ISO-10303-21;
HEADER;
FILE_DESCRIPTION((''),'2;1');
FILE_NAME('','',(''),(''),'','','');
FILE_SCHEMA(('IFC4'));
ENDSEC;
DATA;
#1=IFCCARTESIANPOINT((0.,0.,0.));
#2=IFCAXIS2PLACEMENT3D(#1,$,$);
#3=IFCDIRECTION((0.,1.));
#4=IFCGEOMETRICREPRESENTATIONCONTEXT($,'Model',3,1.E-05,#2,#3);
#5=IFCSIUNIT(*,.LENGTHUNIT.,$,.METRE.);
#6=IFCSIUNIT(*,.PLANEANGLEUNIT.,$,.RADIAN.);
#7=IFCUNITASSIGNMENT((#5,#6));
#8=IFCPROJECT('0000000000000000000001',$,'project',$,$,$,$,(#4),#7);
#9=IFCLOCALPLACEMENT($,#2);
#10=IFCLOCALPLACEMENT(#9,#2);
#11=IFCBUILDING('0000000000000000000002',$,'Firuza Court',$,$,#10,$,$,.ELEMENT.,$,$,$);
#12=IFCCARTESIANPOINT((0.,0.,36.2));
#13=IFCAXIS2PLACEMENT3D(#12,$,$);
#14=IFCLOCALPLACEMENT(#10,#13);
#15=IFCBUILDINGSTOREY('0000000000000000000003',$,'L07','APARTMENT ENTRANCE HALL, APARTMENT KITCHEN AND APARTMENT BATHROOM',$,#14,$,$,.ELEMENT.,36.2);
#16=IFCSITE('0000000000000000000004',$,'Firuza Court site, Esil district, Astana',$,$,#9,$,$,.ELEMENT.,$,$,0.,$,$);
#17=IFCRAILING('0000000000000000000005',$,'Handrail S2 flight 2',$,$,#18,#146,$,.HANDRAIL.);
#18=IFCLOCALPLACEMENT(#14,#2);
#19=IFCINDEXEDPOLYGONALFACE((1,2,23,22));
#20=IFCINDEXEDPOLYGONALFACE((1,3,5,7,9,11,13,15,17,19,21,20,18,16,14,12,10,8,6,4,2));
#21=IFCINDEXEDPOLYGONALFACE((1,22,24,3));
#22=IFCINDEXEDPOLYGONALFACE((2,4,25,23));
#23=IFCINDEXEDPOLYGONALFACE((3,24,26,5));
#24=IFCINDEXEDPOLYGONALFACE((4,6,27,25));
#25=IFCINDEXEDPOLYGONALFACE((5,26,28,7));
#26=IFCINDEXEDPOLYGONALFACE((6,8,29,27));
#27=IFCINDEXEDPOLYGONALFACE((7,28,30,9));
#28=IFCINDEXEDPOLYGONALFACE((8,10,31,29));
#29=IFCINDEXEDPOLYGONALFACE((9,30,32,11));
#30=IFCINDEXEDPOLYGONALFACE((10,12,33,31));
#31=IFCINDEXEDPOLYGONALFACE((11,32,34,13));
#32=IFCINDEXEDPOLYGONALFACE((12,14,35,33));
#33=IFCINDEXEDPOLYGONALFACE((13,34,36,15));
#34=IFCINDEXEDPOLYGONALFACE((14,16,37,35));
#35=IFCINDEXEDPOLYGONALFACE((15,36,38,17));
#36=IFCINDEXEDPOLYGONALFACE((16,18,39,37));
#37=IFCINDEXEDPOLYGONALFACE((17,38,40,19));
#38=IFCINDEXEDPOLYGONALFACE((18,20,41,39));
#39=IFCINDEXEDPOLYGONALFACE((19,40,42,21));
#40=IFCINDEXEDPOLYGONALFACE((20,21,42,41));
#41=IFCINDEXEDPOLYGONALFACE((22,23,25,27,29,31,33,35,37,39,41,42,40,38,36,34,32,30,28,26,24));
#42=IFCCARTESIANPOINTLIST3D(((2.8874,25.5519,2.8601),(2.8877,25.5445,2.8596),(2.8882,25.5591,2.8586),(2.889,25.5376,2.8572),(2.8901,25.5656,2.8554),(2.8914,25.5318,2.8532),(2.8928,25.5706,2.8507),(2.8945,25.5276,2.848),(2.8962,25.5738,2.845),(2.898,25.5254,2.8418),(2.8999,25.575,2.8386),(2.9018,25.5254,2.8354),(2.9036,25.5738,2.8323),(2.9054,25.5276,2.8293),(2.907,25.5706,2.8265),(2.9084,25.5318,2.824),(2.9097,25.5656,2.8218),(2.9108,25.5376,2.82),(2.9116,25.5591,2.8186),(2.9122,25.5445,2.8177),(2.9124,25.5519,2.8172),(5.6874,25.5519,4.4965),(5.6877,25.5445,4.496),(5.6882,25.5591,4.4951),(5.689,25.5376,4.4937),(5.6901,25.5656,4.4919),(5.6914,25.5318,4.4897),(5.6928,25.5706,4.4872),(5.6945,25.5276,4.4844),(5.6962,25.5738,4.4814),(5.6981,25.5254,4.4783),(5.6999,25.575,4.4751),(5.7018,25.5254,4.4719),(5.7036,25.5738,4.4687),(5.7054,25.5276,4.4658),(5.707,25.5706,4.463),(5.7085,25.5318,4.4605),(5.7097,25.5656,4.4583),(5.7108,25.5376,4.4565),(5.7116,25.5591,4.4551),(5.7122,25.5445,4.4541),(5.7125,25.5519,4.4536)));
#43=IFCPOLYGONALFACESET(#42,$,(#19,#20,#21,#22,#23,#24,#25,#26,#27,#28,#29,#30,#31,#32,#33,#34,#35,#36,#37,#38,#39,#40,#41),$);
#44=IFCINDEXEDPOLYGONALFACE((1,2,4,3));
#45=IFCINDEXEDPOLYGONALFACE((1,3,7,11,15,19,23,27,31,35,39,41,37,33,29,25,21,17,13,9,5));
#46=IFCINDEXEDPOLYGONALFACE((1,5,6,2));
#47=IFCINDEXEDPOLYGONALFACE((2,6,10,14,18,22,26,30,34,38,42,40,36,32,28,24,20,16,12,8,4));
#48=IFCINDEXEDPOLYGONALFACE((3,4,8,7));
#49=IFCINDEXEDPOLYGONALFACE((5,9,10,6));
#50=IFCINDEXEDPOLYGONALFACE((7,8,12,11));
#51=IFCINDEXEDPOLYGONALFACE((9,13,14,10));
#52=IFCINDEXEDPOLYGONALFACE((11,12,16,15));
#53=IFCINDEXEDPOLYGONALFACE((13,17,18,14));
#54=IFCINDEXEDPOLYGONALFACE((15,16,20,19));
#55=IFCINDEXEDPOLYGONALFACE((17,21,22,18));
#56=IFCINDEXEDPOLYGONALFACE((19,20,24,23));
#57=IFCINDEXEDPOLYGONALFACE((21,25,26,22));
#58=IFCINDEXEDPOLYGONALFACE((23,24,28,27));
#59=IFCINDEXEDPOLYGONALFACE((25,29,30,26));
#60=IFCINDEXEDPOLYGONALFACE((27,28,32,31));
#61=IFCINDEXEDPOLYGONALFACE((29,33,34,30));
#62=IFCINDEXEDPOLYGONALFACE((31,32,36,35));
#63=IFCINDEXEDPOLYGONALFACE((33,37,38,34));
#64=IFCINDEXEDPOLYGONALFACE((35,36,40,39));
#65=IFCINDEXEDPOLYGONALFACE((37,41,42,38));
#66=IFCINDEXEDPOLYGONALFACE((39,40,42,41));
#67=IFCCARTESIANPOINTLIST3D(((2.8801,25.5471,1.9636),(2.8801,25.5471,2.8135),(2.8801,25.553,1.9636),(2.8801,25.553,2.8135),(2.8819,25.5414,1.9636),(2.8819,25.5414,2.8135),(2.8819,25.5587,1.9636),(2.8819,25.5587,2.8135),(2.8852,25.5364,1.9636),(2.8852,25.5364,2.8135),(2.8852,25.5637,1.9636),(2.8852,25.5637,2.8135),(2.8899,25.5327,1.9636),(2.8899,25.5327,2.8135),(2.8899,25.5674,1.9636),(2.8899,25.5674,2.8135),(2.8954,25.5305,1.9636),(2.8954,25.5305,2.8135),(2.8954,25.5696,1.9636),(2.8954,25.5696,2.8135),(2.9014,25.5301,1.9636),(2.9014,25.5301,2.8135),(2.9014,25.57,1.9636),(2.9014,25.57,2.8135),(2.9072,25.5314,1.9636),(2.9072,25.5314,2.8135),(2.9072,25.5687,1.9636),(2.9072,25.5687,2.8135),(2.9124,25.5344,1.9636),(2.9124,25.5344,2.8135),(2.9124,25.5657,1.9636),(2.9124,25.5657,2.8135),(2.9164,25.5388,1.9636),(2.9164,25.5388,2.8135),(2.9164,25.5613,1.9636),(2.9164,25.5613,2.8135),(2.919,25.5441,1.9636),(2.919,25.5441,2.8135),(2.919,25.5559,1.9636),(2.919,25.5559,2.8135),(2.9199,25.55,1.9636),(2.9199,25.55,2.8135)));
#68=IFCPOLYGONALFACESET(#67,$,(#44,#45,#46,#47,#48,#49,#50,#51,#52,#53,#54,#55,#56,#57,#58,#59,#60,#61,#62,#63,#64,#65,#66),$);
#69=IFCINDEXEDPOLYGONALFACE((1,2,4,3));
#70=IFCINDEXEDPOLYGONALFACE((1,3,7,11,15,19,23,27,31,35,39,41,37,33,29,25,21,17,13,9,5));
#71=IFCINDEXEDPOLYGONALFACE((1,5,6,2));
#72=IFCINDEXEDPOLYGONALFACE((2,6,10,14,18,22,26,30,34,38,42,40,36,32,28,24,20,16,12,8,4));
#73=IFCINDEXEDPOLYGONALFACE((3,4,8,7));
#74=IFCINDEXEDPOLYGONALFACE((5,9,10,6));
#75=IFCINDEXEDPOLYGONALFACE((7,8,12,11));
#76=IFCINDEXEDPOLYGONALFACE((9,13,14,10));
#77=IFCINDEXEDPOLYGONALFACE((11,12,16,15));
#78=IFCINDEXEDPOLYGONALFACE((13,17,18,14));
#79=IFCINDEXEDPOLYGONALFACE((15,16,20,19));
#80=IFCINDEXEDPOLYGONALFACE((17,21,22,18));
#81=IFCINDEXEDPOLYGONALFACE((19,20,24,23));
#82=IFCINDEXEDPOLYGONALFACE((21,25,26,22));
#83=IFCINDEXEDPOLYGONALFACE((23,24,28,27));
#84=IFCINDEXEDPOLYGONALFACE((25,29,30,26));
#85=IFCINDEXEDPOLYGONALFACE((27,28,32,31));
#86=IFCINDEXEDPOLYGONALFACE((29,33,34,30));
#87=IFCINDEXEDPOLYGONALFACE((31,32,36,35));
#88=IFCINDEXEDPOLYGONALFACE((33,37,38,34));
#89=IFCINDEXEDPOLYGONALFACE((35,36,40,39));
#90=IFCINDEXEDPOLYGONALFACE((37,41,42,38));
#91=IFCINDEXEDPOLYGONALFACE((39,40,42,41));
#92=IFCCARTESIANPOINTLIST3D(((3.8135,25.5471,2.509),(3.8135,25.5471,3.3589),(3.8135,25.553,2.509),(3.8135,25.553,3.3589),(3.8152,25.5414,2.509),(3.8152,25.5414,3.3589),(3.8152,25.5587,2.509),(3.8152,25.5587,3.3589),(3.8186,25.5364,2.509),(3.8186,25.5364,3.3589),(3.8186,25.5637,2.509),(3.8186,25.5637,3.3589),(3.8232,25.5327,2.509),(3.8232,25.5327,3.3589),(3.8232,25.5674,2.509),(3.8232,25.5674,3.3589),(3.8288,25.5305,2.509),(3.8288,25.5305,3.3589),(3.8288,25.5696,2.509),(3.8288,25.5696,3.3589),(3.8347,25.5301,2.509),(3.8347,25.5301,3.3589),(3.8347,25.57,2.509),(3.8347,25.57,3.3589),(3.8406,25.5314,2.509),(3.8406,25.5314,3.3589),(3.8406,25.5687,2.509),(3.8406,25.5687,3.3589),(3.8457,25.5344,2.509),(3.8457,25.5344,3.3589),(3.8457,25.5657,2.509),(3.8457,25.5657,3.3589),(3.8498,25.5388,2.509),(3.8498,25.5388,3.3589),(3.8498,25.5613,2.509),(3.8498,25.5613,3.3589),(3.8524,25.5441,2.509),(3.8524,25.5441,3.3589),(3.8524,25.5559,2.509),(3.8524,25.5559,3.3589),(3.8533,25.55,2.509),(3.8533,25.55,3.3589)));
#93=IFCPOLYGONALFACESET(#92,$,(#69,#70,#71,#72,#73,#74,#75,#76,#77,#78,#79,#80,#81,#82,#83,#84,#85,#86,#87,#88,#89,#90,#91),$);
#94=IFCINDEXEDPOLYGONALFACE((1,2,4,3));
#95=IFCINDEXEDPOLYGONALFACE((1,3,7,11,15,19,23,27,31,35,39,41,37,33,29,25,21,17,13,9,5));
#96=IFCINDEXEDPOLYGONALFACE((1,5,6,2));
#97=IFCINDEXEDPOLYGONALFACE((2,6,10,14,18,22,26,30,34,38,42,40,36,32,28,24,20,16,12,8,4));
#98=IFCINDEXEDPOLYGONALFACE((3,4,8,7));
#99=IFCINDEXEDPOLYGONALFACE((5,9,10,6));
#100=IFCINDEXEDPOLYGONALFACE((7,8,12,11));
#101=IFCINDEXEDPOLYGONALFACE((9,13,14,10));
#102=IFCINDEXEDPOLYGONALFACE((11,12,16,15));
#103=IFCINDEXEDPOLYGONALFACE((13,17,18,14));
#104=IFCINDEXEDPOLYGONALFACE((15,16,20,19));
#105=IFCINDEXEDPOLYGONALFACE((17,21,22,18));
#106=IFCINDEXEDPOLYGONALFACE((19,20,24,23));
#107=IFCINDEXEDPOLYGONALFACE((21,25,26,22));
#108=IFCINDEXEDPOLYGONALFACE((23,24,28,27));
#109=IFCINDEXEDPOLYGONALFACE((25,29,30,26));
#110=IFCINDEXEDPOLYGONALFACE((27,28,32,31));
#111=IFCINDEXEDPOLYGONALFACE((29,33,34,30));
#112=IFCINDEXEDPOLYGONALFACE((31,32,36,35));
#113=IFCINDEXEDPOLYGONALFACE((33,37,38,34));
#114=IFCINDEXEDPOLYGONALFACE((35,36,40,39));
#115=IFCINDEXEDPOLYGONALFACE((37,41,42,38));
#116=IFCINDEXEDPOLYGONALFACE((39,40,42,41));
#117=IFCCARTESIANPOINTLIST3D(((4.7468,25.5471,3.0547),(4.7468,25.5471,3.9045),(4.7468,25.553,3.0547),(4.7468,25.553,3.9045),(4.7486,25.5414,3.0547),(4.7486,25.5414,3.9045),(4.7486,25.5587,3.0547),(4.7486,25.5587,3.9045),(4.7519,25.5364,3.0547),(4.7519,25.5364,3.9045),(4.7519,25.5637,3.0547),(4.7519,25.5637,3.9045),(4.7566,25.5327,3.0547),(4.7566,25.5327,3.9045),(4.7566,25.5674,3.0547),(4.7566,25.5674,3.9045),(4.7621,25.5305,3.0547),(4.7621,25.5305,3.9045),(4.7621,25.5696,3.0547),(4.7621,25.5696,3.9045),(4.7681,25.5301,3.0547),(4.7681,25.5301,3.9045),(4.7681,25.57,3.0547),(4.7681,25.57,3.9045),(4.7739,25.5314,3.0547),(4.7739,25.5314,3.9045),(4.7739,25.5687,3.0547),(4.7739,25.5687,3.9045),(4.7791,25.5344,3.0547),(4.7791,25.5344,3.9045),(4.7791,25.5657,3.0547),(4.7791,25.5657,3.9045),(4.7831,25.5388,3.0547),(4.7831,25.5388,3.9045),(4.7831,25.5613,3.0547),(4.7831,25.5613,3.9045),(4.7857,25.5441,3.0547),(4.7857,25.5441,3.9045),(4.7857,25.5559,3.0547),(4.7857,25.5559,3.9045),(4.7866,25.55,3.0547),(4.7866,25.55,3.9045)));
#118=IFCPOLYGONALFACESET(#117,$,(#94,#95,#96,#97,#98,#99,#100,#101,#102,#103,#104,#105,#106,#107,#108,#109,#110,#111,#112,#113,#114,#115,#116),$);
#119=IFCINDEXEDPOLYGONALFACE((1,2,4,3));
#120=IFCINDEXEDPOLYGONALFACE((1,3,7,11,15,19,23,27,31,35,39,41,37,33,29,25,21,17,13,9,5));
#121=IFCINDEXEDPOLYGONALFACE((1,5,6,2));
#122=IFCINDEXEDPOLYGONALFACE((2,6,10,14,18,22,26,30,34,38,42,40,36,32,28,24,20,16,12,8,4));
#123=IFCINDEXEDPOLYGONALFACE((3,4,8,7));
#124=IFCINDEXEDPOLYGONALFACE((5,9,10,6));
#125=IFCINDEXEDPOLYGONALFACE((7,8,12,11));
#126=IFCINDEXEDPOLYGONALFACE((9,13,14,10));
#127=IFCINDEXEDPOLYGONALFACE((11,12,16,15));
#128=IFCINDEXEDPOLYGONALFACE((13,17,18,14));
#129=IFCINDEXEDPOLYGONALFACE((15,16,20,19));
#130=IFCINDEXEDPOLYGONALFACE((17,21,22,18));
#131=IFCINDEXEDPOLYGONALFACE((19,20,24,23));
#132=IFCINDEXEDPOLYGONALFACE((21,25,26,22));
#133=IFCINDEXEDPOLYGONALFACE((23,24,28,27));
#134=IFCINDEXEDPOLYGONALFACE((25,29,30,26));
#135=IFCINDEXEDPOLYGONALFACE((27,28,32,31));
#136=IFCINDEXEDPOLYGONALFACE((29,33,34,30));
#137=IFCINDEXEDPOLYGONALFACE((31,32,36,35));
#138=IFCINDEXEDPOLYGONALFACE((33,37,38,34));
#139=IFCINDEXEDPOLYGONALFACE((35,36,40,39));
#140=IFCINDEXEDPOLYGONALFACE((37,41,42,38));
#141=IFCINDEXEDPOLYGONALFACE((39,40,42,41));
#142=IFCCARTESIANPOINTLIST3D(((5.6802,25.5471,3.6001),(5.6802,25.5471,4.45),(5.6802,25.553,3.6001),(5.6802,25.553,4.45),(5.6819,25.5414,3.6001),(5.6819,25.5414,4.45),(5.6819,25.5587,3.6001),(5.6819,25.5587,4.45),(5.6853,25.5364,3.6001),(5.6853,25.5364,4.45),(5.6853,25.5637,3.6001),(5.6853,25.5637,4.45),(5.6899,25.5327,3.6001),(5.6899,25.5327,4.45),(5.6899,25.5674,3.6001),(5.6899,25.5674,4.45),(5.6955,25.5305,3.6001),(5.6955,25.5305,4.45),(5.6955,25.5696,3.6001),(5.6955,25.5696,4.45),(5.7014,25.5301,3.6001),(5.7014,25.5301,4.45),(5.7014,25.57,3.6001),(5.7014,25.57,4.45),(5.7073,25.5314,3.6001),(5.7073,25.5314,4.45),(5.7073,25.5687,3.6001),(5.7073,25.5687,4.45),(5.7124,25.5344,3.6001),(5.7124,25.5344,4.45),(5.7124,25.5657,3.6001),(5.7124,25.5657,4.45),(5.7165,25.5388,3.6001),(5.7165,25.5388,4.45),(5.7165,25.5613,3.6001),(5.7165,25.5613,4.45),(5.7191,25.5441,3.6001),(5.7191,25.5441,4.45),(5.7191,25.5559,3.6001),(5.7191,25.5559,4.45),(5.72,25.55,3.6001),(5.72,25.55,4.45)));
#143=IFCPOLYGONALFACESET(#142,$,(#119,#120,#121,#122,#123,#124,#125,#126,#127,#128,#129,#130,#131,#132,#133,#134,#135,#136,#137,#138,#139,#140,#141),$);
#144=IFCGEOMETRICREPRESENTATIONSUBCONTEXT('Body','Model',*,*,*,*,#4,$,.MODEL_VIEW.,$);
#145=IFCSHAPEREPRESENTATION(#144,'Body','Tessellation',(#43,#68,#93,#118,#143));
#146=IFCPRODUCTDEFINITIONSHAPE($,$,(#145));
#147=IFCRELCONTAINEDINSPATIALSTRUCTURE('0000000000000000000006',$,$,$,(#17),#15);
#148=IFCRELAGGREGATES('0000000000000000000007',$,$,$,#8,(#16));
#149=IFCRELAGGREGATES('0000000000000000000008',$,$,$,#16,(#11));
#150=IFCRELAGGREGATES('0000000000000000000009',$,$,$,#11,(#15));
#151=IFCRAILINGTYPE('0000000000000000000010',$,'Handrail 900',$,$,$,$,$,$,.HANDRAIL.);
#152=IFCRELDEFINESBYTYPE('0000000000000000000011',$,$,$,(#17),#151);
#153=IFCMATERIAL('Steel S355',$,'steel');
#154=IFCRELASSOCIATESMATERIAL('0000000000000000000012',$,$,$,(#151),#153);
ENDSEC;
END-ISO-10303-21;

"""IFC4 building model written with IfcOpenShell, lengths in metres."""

from ifc_helpers import new_model, si_unit, direction, frame, origin, origin_2d, place, context, subcontext, project, spatial, circle, extrude, material, type_object, element, save


model = new_model("IFC4")

# Units and contexts
model_context = context("Model", 3, precision=1e-05, world=origin(), true_north=direction((0.0, 1.0)))
body_context = subcontext(model_context, "Body", "Model", "MODEL_VIEW")
ifc_project = project(units=[si_unit("LENGTHUNIT", "METRE"), si_unit("PLANEANGLEUNIT", "RADIAN")], contexts=[model_context])

# Site, building, storey
site_placement = place(None, origin())
site = spatial("IfcSite", under=ifc_project, at=site_placement, Name="Firuza Court site, Esil district, Astana", CompositionType="ELEMENT", RefElevation=0.0)
building_placement = place(site_placement, origin())
building = spatial("IfcBuilding", under=site, at=building_placement, Name="Firuza Court", CompositionType="ELEMENT")
storey_placement = place(building_placement, frame((0.0, 0.0, 36.2)))
storey = spatial("IfcBuildingStorey", under=building, at=storey_placement, Name="L07", Description="APARTMENT ENTRANCE HALL, APARTMENT KITCHEN AND APARTMENT BATHROOM", CompositionType="ELEMENT", Elevation=36.2)

# Railing
ifc_material_1 = material(Name="Steel S355", Category="steel")
railing_type_1 = type_object("IfcRailingType", Name="Handrail 900", PredefinedType="HANDRAIL", material=ifc_material_1)
railing_1_placement = place(storey_placement, frame((2.8999, 25.55, 1.9636)))
element("IfcRailing", 1, at=railing_1_placement, inside=storey, type_object=railing_type_1, Name="Handrail S2 flight 2", PredefinedType="HANDRAIL", context=body_context, shape_type="SweptSolid", body=[
    extrude(circle(Radius=0.0249, at=origin_2d()), frame((0.0, 0.0, 0.875), z_axis=(0.863361, 0.0, 0.504587), x_axis=(0.0, 1.0, 0.0)), (0.0, 0.0, 1.0), 3.2432),
    extrude(circle(Radius=0.02, at=origin_2d()), origin(), (0.0, 0.0, 1.0), 0.8499),
    extrude(circle(Radius=0.02, at=origin_2d()), frame((0.9333, 0.0, 0.5454)), (0.0, 0.0, 1.0), 0.8499),
    extrude(circle(Radius=0.02, at=origin_2d()), frame((1.8667, 0.0, 1.0911)), (0.0, 0.0, 1.0), 0.8499),
    extrude(circle(Radius=0.02, at=origin_2d()), frame((2.8, 0.0, 1.6365)), (0.0, 0.0, 1.0), 0.8499),
])

save(model, "model.ifc")
